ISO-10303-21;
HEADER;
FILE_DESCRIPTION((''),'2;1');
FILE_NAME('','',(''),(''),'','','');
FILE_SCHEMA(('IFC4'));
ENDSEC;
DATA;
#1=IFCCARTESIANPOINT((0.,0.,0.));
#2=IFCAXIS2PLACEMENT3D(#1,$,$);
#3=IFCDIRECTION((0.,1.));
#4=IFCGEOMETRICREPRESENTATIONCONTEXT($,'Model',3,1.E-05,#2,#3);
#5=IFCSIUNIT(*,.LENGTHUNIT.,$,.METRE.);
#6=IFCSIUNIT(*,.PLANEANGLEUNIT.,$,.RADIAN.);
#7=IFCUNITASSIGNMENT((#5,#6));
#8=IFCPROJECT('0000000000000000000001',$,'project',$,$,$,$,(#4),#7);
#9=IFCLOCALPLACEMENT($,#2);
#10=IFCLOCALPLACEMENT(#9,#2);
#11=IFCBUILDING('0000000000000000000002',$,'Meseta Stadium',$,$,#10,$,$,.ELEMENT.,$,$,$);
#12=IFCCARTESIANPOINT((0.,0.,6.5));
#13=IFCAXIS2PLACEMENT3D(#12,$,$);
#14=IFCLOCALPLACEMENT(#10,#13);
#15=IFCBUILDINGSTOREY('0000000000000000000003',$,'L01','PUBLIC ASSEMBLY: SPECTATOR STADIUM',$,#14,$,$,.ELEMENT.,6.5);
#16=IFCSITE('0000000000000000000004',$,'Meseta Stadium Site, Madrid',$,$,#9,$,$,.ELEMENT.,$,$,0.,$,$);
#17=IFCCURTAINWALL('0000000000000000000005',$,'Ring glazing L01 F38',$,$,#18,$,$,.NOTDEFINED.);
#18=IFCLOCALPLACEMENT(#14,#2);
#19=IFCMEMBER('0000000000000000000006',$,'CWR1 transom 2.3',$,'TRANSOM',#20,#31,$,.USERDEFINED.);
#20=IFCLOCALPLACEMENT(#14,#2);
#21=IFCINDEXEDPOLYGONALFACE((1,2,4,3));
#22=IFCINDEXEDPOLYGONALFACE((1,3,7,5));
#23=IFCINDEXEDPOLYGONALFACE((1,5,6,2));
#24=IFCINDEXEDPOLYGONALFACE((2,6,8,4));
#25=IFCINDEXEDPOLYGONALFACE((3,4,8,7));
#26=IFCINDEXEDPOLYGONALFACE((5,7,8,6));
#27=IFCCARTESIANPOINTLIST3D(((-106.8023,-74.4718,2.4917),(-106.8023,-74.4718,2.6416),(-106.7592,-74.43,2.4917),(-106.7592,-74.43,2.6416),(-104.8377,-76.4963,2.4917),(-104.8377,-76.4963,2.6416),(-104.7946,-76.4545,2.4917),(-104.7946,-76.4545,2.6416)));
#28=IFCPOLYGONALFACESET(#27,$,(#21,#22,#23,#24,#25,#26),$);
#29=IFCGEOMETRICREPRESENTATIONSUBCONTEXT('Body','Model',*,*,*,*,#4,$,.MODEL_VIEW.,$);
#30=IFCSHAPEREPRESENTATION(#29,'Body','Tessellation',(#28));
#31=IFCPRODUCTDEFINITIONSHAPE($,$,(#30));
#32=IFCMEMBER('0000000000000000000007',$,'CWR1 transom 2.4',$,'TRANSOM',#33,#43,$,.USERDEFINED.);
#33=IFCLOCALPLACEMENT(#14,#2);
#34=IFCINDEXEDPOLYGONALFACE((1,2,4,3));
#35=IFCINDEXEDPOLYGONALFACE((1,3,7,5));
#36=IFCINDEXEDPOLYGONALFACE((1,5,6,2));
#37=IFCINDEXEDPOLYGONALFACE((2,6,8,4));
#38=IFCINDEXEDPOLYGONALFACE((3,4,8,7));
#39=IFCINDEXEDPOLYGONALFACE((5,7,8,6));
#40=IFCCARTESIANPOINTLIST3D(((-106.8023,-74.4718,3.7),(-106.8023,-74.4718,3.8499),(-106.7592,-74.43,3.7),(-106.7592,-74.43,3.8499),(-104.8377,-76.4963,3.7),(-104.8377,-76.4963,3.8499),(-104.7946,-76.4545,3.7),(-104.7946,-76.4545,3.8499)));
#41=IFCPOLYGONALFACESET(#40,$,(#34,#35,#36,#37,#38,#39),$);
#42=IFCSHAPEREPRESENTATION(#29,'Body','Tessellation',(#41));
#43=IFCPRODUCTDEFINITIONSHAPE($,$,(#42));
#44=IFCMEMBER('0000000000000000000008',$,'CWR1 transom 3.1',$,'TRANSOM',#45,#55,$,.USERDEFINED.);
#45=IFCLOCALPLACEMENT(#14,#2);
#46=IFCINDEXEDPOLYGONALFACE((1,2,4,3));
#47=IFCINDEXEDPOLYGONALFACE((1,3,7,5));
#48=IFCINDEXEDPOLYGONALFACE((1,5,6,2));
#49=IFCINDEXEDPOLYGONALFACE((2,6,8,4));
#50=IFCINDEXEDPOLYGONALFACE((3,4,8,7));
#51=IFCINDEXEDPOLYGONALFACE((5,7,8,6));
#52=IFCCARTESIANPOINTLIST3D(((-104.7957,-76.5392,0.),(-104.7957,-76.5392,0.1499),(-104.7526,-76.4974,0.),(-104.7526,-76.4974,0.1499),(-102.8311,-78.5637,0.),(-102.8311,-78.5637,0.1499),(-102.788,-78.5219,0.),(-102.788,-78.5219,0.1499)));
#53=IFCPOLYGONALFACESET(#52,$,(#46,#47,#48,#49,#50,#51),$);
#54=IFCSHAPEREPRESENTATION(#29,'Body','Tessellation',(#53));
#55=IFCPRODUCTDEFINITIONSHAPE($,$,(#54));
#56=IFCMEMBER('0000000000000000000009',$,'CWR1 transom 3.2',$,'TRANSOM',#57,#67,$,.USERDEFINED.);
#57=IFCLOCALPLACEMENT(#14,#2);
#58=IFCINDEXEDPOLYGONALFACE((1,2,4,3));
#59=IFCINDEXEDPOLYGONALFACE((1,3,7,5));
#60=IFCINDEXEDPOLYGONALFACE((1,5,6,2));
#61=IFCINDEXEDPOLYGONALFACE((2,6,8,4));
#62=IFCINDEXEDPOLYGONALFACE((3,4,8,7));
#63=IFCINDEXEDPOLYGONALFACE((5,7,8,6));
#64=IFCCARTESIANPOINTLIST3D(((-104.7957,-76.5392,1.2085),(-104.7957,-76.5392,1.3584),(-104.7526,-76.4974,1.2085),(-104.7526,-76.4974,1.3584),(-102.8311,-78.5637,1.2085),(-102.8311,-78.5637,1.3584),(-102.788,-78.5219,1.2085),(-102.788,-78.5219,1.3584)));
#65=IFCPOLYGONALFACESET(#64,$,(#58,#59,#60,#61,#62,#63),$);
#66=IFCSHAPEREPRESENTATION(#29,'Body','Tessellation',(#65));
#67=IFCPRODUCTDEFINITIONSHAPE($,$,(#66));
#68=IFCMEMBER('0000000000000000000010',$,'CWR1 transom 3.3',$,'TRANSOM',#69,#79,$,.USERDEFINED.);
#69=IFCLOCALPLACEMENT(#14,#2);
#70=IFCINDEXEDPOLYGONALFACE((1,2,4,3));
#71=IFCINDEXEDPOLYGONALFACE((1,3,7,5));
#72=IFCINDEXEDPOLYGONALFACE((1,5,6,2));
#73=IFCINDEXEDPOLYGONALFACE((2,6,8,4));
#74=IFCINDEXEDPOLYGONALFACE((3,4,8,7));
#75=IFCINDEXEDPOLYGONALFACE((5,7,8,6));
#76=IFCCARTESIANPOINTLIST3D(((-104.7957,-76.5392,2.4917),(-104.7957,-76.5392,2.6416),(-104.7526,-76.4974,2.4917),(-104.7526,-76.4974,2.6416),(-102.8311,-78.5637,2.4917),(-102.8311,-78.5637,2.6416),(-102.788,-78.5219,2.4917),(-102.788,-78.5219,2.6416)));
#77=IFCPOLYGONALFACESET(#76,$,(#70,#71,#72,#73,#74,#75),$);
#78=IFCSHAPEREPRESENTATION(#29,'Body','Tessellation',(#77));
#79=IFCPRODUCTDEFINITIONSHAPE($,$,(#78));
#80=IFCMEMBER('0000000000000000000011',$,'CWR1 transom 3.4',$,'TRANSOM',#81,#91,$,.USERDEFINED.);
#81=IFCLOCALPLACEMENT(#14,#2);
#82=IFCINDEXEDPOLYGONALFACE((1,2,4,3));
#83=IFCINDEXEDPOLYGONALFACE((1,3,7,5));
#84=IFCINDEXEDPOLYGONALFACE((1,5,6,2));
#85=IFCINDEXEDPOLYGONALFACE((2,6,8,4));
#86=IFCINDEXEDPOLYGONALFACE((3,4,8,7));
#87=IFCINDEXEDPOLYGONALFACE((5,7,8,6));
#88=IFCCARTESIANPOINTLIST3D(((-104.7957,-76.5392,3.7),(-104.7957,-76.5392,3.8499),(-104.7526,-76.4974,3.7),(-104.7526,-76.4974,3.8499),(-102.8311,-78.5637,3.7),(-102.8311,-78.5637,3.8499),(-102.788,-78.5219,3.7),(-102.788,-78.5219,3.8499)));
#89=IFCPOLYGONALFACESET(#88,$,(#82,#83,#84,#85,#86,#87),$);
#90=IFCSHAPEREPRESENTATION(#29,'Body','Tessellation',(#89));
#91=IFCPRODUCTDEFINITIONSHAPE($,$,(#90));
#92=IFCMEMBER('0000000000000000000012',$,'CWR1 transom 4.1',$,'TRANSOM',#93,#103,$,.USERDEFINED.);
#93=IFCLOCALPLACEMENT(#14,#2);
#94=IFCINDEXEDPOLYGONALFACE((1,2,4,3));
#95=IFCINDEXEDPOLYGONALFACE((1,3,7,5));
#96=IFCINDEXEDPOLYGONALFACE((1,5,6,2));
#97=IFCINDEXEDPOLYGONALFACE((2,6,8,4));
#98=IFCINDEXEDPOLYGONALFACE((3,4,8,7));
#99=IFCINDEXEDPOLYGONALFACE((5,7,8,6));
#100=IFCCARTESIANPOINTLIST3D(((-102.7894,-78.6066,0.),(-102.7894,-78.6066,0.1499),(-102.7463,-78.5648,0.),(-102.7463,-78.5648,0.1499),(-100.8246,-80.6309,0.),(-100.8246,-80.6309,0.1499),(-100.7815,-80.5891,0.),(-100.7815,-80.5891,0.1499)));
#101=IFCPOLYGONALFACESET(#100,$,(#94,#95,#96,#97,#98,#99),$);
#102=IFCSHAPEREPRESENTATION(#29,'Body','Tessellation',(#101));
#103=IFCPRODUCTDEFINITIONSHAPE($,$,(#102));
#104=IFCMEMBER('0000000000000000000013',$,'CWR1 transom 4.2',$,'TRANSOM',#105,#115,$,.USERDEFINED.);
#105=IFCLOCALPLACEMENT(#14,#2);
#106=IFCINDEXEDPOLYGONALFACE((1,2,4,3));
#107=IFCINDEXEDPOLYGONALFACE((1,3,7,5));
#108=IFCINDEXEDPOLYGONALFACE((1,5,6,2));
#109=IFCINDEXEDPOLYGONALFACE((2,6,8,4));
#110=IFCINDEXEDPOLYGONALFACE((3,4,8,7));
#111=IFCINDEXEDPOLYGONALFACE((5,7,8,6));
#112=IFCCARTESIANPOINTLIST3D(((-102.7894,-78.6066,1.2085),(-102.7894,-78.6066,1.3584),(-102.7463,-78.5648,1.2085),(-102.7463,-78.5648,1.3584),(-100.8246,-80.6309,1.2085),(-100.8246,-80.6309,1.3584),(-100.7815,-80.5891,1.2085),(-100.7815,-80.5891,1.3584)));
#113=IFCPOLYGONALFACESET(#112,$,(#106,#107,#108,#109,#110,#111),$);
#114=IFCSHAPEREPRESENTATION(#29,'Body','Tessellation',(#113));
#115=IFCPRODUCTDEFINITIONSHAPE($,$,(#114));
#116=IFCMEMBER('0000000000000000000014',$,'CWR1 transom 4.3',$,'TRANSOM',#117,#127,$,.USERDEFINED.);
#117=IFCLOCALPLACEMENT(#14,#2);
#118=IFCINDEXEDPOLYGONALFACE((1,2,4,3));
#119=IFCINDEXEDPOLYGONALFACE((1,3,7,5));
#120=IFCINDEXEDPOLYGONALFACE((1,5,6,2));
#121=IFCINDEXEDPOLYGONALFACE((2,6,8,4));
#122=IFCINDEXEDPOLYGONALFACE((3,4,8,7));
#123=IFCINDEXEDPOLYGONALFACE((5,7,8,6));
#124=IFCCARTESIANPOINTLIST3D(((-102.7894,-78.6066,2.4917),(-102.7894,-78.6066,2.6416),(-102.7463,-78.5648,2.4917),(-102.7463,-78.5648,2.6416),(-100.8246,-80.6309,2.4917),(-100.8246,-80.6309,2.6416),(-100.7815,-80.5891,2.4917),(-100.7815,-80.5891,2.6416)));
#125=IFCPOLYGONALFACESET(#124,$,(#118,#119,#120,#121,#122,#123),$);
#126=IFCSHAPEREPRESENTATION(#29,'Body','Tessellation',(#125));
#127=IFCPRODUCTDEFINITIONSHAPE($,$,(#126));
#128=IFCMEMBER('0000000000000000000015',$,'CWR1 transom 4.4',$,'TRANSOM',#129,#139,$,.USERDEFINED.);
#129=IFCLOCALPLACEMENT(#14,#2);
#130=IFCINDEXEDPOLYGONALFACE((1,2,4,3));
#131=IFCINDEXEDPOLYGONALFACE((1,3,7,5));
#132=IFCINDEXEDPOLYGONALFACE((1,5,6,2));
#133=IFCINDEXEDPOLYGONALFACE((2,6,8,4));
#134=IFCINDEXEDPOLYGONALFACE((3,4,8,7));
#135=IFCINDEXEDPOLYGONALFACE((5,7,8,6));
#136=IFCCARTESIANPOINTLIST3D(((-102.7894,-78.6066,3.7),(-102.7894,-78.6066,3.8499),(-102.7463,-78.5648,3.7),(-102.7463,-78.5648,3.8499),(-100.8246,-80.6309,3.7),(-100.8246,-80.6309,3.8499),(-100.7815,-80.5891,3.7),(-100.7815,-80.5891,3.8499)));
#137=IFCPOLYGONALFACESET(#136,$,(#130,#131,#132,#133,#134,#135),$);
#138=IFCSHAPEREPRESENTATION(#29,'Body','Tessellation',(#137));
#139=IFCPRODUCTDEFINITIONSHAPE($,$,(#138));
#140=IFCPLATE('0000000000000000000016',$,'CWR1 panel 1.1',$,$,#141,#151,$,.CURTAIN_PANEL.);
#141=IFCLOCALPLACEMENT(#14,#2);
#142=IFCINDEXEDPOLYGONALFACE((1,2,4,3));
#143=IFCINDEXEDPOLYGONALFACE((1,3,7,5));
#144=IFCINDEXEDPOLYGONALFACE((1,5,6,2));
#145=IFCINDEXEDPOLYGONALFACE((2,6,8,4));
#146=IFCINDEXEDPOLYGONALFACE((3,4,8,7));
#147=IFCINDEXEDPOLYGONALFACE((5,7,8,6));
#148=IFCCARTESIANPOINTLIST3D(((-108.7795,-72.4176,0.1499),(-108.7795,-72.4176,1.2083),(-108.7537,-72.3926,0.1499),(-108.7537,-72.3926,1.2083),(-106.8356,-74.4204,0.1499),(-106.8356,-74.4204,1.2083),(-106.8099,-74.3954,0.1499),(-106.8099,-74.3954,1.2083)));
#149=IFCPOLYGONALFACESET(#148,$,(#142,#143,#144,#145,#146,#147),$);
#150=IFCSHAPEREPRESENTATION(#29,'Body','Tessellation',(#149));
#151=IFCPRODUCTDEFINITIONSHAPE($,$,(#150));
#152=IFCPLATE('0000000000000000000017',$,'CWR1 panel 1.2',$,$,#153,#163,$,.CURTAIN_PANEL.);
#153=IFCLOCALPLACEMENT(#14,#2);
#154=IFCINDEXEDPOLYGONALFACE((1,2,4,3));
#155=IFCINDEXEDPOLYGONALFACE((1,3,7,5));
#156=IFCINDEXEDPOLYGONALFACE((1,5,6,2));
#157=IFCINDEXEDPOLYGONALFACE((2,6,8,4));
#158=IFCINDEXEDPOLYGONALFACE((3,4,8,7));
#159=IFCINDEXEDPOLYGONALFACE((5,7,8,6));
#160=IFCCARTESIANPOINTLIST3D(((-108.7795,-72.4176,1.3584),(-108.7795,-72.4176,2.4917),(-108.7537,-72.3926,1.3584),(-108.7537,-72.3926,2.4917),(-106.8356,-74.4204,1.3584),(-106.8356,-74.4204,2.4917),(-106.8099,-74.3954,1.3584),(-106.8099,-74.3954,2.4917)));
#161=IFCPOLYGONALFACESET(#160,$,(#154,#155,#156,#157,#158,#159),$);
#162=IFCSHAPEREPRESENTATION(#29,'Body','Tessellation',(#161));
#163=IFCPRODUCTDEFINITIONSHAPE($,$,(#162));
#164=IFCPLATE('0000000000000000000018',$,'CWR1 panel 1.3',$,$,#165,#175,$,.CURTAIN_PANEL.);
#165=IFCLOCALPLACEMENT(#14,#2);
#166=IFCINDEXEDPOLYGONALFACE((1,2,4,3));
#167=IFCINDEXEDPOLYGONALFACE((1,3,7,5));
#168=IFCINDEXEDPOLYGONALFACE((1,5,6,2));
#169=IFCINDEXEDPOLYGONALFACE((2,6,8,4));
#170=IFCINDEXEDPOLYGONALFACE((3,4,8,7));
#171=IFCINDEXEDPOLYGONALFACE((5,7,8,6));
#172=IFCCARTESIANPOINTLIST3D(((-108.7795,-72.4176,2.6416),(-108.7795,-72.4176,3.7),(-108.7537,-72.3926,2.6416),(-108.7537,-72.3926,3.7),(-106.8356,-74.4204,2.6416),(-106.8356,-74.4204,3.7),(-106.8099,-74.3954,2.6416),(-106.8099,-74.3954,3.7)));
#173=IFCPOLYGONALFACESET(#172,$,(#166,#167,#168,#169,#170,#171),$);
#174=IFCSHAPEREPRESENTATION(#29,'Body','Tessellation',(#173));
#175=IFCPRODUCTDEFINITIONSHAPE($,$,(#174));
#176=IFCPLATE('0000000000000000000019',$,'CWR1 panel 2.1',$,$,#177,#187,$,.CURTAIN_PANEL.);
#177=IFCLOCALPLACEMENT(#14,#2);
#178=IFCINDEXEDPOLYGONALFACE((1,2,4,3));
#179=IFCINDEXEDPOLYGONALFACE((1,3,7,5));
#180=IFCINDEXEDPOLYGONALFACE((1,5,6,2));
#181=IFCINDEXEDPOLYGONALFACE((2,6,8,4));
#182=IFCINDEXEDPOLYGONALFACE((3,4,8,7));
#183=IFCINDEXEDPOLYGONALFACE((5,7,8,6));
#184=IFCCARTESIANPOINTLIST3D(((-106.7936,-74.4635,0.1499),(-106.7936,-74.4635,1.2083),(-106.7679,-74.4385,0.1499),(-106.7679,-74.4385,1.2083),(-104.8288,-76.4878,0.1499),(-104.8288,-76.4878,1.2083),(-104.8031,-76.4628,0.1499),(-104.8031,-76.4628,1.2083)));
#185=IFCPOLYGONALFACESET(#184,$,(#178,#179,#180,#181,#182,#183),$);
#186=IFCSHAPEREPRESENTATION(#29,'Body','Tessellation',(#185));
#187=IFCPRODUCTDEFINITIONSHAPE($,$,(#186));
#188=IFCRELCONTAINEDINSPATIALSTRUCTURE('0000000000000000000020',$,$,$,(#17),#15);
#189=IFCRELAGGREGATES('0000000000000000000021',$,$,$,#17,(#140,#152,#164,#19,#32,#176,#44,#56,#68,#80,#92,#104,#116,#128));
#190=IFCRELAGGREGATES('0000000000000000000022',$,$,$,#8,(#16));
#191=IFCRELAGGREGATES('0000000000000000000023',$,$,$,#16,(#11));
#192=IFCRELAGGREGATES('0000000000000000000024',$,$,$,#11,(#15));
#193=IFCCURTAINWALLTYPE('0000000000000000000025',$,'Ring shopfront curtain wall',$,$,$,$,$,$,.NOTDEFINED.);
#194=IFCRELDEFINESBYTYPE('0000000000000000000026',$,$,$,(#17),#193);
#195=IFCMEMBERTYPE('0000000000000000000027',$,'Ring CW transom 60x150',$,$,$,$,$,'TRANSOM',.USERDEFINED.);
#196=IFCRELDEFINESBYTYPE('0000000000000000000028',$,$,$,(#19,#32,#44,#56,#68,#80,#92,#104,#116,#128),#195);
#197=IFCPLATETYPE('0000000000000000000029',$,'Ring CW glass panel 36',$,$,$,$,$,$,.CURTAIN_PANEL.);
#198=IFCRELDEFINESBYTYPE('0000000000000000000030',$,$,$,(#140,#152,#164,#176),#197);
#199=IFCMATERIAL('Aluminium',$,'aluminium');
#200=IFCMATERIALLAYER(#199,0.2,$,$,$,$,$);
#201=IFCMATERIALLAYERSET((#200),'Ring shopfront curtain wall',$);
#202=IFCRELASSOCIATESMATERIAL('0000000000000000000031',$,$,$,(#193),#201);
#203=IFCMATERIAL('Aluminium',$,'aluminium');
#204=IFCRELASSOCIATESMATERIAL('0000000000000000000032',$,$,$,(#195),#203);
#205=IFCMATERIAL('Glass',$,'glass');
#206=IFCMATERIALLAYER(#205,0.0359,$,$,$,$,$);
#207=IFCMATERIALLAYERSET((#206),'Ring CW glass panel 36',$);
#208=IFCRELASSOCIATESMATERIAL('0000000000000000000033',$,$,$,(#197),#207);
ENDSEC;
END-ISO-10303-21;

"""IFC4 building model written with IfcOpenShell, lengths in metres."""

from ifc_helpers import new_model, si_unit, direction, frame, origin, origin_2d, place, context, subcontext, project, spatial, rectangle, extrude, material, layer, layer_set, material_profile, profile_set, type_object, element, aggregate, save


model = new_model("IFC4")

# Units and contexts
model_context = context("Model", 3, precision=1e-05, world=origin(), true_north=direction((0.0, 1.0)))
body_context = subcontext(model_context, "Body", "Model", "MODEL_VIEW")
ifc_project = project(units=[si_unit("LENGTHUNIT", "METRE"), si_unit("PLANEANGLEUNIT", "RADIAN")], contexts=[model_context])

# Site, building, storey
site_placement = place(None, origin())
site = spatial("IfcSite", under=ifc_project, at=site_placement, Name="Meseta Stadium Site, Madrid", CompositionType="ELEMENT", RefElevation=0.0)
building_placement = place(site_placement, origin())
building = spatial("IfcBuilding", under=site, at=building_placement, Name="Meseta Stadium", CompositionType="ELEMENT")
storey_placement = place(building_placement, frame((0.0, 0.0, 6.5)))
storey = spatial("IfcBuildingStorey", under=building, at=storey_placement, Name="L01", Description="PUBLIC ASSEMBLY: SPECTATOR STADIUM", CompositionType="ELEMENT", Elevation=6.5)

# Curtain wall, members, plates
ifc_material_1 = material(Name="Aluminium", Category="aluminium")
ifc_layer_1 = layer(ifc_material_1, 0.2)
ifc_layer_set_1 = layer_set([ifc_layer_1], Name="Ring shopfront curtain wall")
curtain_wall_type = type_object("IfcCurtainWallType", Name="Ring shopfront curtain wall", PredefinedType="NOTDEFINED", material=ifc_layer_set_1)
curtain_wall_placement = place(storey_placement, origin())
curtain_wall = element("IfcCurtainWall", 1, at=curtain_wall_placement, inside=storey, type_object=curtain_wall_type, Name="Ring glazing L01 F38", PredefinedType="NOTDEFINED")
ifc_material_2 = material(Name="Aluminium", Category="aluminium")
ifc_material_profile_1 = material_profile(ifc_material_2, rectangle(XDim=0.0601, YDim=0.1499, at=origin_2d()), Name="CW 60x150")
ifc_profile_set_1 = profile_set([ifc_material_profile_1], Name="Aluminium")
member_type_1 = type_object("IfcMemberType", Name="Ring CW transom 60x150", ElementType="TRANSOM", PredefinedType="USERDEFINED", material=ifc_profile_set_1)
member_1_placement = place(storey_placement, frame((-106.7808, -74.4509, 2.5667), z_axis=(0.696426, -0.717629, 0.0), x_axis=(0.717629, 0.696426, 0.0)))
member_1 = element("IfcMember", 2, at=member_1_placement, type_object=member_type_1, Name="CWR1 transom 2.3", ObjectType="TRANSOM", PredefinedType="USERDEFINED", context=body_context, shape_type="SweptSolid", body=[
    extrude(rectangle(XDim=0.0601, YDim=0.1499, at=origin_2d()), origin(), (0.0, 0.0, 1.0), 2.821),
])
member_2_placement = place(storey_placement, frame((-106.7808, -74.4509, 3.7749), z_axis=(0.696426, -0.717629, 0.0), x_axis=(0.717629, 0.696426, 0.0)))
member_2 = element("IfcMember", 3, at=member_2_placement, type_object=member_type_1, Name="CWR1 transom 2.4", ObjectType="TRANSOM", PredefinedType="USERDEFINED", context=body_context, shape_type="SweptSolid", body=[
    extrude(rectangle(XDim=0.0601, YDim=0.1499, at=origin_2d()), origin(), (0.0, 0.0, 1.0), 2.821),
])
member_3_placement = place(storey_placement, frame((-104.7742, -76.5183, 0.075), z_axis=(0.696426, -0.717629, 0.0), x_axis=(0.717629, 0.696426, 0.0)))
member_3 = element("IfcMember", 4, at=member_3_placement, type_object=member_type_1, Name="CWR1 transom 3.1", ObjectType="TRANSOM", PredefinedType="USERDEFINED", context=body_context, shape_type="SweptSolid", body=[
    extrude(rectangle(XDim=0.0601, YDim=0.1499, at=origin_2d()), origin(), (0.0, 0.0, 1.0), 2.821),
])
member_4_placement = place(storey_placement, frame((-104.7742, -76.5183, 1.2834), z_axis=(0.696426, -0.717629, 0.0), x_axis=(0.717629, 0.696426, 0.0)))
member_4 = element("IfcMember", 5, at=member_4_placement, type_object=member_type_1, Name="CWR1 transom 3.2", ObjectType="TRANSOM", PredefinedType="USERDEFINED", context=body_context, shape_type="SweptSolid", body=[
    extrude(rectangle(XDim=0.0601, YDim=0.1499, at=origin_2d()), origin(), (0.0, 0.0, 1.0), 2.821),
])
member_5_placement = place(storey_placement, frame((-104.7742, -76.5183, 2.5667), z_axis=(0.696426, -0.717629, 0.0), x_axis=(0.717629, 0.696426, 0.0)))
member_5 = element("IfcMember", 6, at=member_5_placement, type_object=member_type_1, Name="CWR1 transom 3.3", ObjectType="TRANSOM", PredefinedType="USERDEFINED", context=body_context, shape_type="SweptSolid", body=[
    extrude(rectangle(XDim=0.0601, YDim=0.1499, at=origin_2d()), origin(), (0.0, 0.0, 1.0), 2.821),
])
member_6_placement = place(storey_placement, frame((-104.7742, -76.5183, 3.7749), z_axis=(0.696426, -0.717629, 0.0), x_axis=(0.717629, 0.696426, 0.0)))
member_6 = element("IfcMember", 7, at=member_6_placement, type_object=member_type_1, Name="CWR1 transom 3.4", ObjectType="TRANSOM", PredefinedType="USERDEFINED", context=body_context, shape_type="SweptSolid", body=[
    extrude(rectangle(XDim=0.0601, YDim=0.1499, at=origin_2d()), origin(), (0.0, 0.0, 1.0), 2.821),
])
member_7_placement = place(storey_placement, frame((-102.7678, -78.5857, 0.075), z_axis=(0.69647, -0.717586, 0.0), x_axis=(0.717586, 0.69647, 0.0)))
member_7 = element("IfcMember", 8, at=member_7_placement, type_object=member_type_1, Name="CWR1 transom 4.1", ObjectType="TRANSOM", PredefinedType="USERDEFINED", context=body_context, shape_type="SweptSolid", body=[
    extrude(rectangle(XDim=0.0601, YDim=0.1499, at=origin_2d()), origin(), (0.0, 0.0, 1.0), 2.821),
])
member_8_placement = place(storey_placement, frame((-102.7678, -78.5857, 1.2834), z_axis=(0.69647, -0.717586, 0.0), x_axis=(0.717586, 0.69647, 0.0)))
member_8 = element("IfcMember", 9, at=member_8_placement, type_object=member_type_1, Name="CWR1 transom 4.2", ObjectType="TRANSOM", PredefinedType="USERDEFINED", context=body_context, shape_type="SweptSolid", body=[
    extrude(rectangle(XDim=0.0601, YDim=0.1499, at=origin_2d()), origin(), (0.0, 0.0, 1.0), 2.821),
])
member_9_placement = place(storey_placement, frame((-102.7678, -78.5857, 2.5667), z_axis=(0.69647, -0.717586, 0.0), x_axis=(0.717586, 0.69647, 0.0)))
member_9 = element("IfcMember", 10, at=member_9_placement, type_object=member_type_1, Name="CWR1 transom 4.3", ObjectType="TRANSOM", PredefinedType="USERDEFINED", context=body_context, shape_type="SweptSolid", body=[
    extrude(rectangle(XDim=0.0601, YDim=0.1499, at=origin_2d()), origin(), (0.0, 0.0, 1.0), 2.821),
])
member_10_placement = place(storey_placement, frame((-102.7678, -78.5857, 3.7749), z_axis=(0.69647, -0.717586, 0.0), x_axis=(0.717586, 0.69647, 0.0)))
member_10 = element("IfcMember", 11, at=member_10_placement, type_object=member_type_1, Name="CWR1 transom 4.4", ObjectType="TRANSOM", PredefinedType="USERDEFINED", context=body_context, shape_type="SweptSolid", body=[
    extrude(rectangle(XDim=0.0601, YDim=0.1499, at=origin_2d()), origin(), (0.0, 0.0, 1.0), 2.821),
])
ifc_material_3 = material(Name="Glass", Category="glass")
ifc_layer_2 = layer(ifc_material_3, 0.0359)
ifc_layer_set_2 = layer_set([ifc_layer_2], Name="Ring CW glass panel 36")
plate_type_1 = type_object("IfcPlateType", Name="Ring CW glass panel 36", PredefinedType="CURTAIN_PANEL", material=ifc_layer_set_2)
plate_1_placement = place(storey_placement, frame((-107.7947, -73.4065, 0.1499), z_axis=(0.0, 0.0, 1.0), x_axis=(0.696473, -0.717583, 0.0)))
plate_1 = element("IfcPlate", 12, at=plate_1_placement, type_object=plate_type_1, Name="CWR1 panel 1.1", PredefinedType="CURTAIN_PANEL", context=body_context, shape_type="SweptSolid", body=[
    extrude(rectangle(XDim=2.791, YDim=0.0359, at=origin_2d()), origin(), (0.0, 0.0, 1.0), 1.0583),
])
plate_2_placement = place(storey_placement, frame((-107.7947, -73.4065, 1.3584), z_axis=(0.0, 0.0, 1.0), x_axis=(0.696473, -0.717583, 0.0)))
plate_2 = element("IfcPlate", 13, at=plate_2_placement, type_object=plate_type_1, Name="CWR1 panel 1.2", PredefinedType="CURTAIN_PANEL", context=body_context, shape_type="SweptSolid", body=[
    extrude(rectangle(XDim=2.791, YDim=0.0359, at=origin_2d()), origin(), (0.0, 0.0, 1.0), 1.1333),
])
plate_3_placement = place(storey_placement, frame((-107.7947, -73.4065, 2.6416), z_axis=(0.0, 0.0, 1.0), x_axis=(0.696473, -0.717583, 0.0)))
plate_3 = element("IfcPlate", 14, at=plate_3_placement, type_object=plate_type_1, Name="CWR1 panel 1.3", PredefinedType="CURTAIN_PANEL", context=body_context, shape_type="SweptSolid", body=[
    extrude(rectangle(XDim=2.791, YDim=0.0359, at=origin_2d()), origin(), (0.0, 0.0, 1.0), 1.0583),
])
plate_4_placement = place(storey_placement, frame((-105.7983, -75.4631, 0.1499), z_axis=(0.0, 0.0, 1.0), x_axis=(0.696473, -0.717583, 0.0)))
plate_4 = element("IfcPlate", 15, at=plate_4_placement, type_object=plate_type_1, Name="CWR1 panel 2.1", PredefinedType="CURTAIN_PANEL", context=body_context, shape_type="SweptSolid", body=[
    extrude(rectangle(XDim=2.821, YDim=0.0359, at=origin_2d()), origin(), (0.0, 0.0, 1.0), 1.0583),
])
aggregate(curtain_wall, [plate_1, plate_2, plate_3, member_1, member_2, plate_4, member_3, member_4, member_5, member_6, member_7, member_8, member_9, member_10])

save(model, "model.ifc")
